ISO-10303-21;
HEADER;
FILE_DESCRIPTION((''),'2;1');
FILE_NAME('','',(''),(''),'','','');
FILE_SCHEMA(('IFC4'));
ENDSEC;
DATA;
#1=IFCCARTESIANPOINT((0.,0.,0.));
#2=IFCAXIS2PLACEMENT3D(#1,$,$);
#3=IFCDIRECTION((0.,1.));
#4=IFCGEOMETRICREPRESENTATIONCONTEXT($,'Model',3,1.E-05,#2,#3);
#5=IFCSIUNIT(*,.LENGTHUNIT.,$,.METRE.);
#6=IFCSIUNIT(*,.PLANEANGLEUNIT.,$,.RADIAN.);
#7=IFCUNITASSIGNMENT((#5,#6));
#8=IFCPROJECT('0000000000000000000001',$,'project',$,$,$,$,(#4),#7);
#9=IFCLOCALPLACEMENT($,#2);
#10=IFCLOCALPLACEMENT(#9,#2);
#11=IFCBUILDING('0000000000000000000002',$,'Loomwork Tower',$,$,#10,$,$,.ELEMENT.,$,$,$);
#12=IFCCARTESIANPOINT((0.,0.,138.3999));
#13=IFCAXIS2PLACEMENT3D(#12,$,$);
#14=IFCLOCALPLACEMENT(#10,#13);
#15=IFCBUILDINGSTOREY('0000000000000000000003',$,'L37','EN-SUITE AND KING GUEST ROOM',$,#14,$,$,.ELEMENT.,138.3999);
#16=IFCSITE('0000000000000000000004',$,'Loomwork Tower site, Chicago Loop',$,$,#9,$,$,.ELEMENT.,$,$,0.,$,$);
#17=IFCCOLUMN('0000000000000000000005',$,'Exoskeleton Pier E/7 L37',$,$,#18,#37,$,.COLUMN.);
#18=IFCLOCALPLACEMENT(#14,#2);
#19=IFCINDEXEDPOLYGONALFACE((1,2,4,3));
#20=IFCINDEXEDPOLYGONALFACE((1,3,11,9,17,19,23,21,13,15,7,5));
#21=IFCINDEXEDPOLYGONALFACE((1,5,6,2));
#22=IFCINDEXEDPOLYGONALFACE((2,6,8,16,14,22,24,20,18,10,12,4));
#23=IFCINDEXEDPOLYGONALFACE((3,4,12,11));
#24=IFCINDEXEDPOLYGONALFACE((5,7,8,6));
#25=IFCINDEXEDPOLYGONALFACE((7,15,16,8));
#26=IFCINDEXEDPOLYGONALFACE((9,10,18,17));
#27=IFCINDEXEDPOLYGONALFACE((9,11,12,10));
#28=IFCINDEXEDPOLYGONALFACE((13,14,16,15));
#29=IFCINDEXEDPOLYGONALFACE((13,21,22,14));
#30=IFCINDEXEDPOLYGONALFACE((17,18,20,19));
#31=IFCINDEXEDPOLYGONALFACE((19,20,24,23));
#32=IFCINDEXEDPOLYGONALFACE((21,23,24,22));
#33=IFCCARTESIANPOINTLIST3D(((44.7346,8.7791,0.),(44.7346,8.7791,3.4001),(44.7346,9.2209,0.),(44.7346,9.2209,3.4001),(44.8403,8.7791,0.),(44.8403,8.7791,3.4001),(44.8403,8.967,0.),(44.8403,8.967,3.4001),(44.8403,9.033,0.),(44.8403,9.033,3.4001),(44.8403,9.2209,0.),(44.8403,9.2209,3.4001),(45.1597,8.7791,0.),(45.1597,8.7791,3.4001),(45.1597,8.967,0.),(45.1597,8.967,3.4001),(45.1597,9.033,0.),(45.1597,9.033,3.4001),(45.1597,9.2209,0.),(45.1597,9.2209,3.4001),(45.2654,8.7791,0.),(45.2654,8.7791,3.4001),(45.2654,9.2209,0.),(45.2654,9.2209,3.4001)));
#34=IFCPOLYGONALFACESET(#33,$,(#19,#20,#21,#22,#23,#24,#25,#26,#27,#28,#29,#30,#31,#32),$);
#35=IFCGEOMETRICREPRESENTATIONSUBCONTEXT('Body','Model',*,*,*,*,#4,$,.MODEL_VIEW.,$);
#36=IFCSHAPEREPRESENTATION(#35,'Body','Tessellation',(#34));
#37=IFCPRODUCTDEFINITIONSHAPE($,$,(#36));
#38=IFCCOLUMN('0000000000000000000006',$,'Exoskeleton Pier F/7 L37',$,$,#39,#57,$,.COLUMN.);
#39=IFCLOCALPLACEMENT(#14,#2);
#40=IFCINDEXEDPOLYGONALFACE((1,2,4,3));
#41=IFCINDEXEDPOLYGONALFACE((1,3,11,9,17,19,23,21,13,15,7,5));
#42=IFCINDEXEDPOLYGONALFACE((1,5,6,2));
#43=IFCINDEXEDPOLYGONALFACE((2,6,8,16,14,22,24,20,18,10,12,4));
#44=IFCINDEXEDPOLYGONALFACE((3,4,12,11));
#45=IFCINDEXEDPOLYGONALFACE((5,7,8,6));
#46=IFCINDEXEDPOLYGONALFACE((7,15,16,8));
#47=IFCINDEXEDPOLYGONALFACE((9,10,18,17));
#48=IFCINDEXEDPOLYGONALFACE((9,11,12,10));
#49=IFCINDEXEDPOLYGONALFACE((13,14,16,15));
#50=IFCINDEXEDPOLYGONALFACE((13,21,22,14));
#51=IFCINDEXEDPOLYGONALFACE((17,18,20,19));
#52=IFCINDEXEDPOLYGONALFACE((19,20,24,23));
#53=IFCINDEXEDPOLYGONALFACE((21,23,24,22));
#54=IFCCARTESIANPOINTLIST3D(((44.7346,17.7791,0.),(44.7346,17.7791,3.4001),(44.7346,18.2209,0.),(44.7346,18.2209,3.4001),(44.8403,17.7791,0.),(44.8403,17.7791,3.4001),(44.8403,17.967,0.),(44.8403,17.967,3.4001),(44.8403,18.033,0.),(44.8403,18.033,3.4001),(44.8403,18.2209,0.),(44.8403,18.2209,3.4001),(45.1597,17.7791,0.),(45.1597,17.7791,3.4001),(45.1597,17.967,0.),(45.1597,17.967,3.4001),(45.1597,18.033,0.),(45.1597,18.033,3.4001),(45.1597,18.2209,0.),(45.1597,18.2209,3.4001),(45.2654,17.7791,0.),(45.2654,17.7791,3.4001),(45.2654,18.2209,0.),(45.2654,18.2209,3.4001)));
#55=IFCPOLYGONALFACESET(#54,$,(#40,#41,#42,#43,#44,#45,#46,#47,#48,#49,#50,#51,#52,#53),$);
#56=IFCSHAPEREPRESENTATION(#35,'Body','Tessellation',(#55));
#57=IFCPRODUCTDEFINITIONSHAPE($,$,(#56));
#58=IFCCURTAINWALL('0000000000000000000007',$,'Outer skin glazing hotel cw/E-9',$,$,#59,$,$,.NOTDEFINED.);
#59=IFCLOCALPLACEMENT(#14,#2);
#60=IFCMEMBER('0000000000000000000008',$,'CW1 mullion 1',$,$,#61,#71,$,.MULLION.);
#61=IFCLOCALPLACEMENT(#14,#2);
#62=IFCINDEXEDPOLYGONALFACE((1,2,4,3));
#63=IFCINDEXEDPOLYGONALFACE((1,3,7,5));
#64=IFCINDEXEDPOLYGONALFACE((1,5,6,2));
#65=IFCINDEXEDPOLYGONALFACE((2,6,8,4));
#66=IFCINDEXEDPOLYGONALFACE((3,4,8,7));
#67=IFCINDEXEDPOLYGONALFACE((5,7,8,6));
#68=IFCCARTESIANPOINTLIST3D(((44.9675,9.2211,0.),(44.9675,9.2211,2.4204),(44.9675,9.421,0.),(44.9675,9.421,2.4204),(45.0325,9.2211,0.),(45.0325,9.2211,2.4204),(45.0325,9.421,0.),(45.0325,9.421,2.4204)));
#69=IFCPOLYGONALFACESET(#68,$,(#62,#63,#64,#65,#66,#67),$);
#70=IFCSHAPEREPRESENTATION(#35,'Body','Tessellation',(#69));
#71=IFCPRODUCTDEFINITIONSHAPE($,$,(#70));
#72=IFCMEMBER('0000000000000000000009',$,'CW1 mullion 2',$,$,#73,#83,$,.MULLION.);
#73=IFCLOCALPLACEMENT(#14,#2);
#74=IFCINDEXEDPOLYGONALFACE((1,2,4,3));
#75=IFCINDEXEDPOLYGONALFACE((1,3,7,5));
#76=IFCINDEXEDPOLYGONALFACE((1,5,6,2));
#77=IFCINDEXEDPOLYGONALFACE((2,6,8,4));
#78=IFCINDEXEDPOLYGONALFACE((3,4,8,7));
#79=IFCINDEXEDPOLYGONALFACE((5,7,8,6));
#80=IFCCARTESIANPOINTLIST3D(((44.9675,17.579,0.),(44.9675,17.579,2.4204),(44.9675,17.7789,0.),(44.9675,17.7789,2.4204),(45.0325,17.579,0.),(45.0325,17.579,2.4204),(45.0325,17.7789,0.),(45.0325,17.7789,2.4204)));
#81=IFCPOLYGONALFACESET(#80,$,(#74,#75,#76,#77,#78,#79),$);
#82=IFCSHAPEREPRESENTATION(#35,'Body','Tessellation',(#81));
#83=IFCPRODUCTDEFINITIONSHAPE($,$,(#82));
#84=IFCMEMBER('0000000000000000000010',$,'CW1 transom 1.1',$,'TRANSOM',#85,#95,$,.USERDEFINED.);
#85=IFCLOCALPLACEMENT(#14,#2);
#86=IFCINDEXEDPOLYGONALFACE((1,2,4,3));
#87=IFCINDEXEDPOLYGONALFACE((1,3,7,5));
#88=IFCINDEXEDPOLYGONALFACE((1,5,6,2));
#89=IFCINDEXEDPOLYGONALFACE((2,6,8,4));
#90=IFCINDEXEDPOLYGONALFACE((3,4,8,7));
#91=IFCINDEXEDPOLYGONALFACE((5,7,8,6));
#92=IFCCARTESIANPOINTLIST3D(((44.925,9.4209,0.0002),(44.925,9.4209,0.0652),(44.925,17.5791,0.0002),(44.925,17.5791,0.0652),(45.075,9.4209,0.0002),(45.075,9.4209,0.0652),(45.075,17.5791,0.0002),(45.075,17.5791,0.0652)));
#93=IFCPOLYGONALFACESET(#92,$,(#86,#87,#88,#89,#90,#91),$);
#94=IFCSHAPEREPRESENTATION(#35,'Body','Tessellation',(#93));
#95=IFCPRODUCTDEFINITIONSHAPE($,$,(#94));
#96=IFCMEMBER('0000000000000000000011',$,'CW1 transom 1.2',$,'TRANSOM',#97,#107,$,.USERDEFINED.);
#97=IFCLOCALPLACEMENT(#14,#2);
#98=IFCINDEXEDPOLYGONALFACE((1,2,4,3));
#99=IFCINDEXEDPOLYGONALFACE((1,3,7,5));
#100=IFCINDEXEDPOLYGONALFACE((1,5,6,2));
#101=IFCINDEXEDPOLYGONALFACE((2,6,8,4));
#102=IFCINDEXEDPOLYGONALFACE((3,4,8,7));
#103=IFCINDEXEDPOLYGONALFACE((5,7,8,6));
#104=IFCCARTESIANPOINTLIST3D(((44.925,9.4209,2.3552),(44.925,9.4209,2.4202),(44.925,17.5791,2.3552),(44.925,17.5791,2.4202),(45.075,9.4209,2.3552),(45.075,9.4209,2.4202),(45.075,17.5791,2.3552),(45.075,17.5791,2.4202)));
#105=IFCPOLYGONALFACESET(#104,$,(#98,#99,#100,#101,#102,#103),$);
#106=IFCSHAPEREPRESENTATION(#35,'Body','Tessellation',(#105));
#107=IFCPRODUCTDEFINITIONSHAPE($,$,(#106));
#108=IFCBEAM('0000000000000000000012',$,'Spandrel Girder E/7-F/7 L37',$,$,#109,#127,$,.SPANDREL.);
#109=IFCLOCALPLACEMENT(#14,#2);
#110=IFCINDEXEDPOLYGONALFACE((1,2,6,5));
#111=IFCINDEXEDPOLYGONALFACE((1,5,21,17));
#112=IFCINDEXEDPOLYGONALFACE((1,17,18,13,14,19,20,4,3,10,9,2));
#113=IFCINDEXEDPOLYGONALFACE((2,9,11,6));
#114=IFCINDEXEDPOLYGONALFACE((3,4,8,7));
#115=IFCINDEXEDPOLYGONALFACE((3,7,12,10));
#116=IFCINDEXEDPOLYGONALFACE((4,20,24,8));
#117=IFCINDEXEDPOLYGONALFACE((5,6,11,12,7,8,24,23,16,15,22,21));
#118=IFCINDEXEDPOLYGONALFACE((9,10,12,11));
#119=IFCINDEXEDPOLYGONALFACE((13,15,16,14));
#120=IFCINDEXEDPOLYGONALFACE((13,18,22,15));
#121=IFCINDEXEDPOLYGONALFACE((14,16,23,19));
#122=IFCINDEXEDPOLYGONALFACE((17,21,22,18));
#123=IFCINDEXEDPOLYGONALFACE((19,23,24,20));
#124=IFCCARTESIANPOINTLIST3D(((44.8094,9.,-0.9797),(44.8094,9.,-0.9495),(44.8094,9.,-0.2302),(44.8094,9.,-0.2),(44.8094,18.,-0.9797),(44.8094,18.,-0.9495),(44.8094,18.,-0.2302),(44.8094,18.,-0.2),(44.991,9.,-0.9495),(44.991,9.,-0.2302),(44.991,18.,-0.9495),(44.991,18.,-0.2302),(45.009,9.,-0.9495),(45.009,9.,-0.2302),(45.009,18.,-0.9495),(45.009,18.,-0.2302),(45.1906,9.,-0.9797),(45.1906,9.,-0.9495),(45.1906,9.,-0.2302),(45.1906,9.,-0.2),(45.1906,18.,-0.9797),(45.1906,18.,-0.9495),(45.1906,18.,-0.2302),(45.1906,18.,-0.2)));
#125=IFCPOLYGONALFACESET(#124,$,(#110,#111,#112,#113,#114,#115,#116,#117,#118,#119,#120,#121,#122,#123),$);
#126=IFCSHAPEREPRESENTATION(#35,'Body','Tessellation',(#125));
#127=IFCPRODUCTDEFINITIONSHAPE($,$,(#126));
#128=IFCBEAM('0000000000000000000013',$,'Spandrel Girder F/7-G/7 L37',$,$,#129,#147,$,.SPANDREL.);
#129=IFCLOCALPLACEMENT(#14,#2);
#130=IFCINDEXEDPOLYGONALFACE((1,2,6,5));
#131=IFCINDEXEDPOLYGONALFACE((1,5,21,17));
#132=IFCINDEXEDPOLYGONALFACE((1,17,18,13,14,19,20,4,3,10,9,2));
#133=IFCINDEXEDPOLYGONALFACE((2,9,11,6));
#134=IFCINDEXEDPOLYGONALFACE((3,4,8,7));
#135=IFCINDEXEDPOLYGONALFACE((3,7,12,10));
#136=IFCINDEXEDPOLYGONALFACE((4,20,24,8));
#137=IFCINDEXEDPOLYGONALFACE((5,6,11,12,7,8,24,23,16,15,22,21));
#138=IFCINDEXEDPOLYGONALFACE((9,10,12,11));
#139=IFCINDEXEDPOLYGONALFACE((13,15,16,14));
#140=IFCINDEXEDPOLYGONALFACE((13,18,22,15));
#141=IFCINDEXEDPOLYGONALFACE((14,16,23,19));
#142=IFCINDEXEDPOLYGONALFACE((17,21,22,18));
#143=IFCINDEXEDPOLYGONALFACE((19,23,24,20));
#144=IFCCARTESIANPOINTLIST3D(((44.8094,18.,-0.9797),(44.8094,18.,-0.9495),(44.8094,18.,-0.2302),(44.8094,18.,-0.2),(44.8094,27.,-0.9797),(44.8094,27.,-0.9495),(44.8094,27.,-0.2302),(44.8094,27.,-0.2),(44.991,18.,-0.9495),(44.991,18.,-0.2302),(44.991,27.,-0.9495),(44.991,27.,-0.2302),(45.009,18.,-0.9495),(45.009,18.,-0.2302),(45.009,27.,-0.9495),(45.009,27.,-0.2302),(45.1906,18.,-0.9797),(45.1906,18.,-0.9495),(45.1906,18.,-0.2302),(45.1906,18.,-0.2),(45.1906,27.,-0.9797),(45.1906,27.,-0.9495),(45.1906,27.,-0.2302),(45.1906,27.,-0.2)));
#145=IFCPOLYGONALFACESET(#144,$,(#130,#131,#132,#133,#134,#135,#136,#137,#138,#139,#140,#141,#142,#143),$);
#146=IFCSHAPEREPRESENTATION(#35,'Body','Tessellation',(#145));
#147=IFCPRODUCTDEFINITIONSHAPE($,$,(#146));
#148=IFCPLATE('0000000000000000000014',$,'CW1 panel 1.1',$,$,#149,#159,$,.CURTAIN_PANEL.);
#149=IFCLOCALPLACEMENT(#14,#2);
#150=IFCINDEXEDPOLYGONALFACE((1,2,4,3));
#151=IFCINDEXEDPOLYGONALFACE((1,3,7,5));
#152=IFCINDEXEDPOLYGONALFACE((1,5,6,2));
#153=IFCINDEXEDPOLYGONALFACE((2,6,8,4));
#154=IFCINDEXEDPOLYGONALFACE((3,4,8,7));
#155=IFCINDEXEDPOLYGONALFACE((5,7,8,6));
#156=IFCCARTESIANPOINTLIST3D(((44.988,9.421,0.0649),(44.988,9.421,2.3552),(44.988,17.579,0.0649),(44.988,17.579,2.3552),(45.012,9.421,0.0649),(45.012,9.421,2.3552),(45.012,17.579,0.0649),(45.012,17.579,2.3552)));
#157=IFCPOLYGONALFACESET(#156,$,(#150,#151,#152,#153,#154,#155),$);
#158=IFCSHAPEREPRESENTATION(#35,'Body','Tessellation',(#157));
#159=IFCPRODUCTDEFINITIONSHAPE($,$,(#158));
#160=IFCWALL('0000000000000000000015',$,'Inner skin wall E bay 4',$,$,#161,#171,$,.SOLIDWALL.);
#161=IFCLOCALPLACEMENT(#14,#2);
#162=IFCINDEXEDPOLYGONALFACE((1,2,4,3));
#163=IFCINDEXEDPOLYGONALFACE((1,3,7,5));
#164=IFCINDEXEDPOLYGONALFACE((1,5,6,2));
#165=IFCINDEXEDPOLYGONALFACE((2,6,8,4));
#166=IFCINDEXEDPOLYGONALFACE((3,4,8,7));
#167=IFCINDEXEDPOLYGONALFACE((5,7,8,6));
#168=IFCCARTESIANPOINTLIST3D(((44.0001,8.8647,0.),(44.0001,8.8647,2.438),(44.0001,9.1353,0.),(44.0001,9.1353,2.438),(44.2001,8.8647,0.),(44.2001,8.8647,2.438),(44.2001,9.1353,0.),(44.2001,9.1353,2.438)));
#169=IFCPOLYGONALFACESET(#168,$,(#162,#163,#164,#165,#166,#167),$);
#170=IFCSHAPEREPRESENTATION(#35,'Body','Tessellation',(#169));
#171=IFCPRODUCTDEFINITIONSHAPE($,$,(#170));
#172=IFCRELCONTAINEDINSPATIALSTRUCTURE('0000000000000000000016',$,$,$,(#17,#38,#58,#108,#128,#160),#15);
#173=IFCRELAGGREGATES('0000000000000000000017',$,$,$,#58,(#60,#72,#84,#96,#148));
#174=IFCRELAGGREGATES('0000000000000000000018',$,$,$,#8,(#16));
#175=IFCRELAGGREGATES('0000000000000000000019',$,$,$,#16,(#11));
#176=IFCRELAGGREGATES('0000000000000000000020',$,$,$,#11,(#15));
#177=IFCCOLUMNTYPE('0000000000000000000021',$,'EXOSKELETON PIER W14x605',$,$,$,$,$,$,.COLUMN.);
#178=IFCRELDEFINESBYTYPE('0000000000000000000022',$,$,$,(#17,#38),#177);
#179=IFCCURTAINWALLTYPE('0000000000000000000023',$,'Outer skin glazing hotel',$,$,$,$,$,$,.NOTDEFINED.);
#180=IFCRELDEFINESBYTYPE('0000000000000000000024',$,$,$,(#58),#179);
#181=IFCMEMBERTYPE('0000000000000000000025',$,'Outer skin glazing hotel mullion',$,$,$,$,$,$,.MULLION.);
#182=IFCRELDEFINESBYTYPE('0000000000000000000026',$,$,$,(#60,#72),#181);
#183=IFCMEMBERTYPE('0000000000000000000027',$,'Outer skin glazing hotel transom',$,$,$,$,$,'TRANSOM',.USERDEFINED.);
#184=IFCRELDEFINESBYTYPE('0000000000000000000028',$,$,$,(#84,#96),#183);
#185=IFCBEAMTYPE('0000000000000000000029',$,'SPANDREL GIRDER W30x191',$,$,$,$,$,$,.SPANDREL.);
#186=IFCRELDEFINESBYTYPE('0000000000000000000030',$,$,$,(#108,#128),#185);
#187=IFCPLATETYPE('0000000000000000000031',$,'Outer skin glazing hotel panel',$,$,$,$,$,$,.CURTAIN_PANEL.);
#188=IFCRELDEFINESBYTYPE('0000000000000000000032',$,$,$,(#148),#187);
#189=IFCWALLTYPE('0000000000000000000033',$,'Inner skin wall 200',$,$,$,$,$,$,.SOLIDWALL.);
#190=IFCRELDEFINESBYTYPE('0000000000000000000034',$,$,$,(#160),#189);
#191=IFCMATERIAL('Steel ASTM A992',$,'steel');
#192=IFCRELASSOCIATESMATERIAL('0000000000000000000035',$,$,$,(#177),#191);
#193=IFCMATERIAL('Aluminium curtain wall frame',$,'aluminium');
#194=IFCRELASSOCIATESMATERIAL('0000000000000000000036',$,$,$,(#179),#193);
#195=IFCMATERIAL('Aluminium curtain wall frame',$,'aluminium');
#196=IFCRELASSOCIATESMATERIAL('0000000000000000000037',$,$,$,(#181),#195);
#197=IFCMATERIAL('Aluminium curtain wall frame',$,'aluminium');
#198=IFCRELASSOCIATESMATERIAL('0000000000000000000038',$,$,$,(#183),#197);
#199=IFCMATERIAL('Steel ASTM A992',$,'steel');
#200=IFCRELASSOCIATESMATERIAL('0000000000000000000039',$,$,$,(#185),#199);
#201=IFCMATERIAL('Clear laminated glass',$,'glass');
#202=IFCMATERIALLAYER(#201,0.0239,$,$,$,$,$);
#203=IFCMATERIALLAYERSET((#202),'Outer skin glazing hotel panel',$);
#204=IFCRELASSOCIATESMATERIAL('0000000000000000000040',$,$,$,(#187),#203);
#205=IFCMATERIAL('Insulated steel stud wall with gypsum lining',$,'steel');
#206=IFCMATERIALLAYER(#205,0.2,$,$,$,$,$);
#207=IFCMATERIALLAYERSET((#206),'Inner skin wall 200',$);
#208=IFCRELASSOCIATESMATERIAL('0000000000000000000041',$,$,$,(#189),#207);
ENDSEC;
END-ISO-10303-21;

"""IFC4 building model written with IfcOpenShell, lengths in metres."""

from ifc_helpers import new_model, si_unit, direction, frame, frame_2d, origin, origin_2d, place, context, subcontext, project, spatial, rectangle, i_section, extrude, material, layer, layer_set, material_profile, profile_set, type_object, element, aggregate, save


model = new_model("IFC4")

# Units and contexts
model_context = context("Model", 3, precision=1e-05, world=origin(), true_north=direction((0.0, 1.0)))
body_context = subcontext(model_context, "Body", "Model", "MODEL_VIEW")
ifc_project = project(units=[si_unit("LENGTHUNIT", "METRE"), si_unit("PLANEANGLEUNIT", "RADIAN")], contexts=[model_context])

# Site, building, storey
site_placement = place(None, origin())
site = spatial("IfcSite", under=ifc_project, at=site_placement, Name="Loomwork Tower site, Chicago Loop", CompositionType="ELEMENT", RefElevation=0.0)
building_placement = place(site_placement, origin())
building = spatial("IfcBuilding", under=site, at=building_placement, Name="Loomwork Tower", CompositionType="ELEMENT")
storey_placement = place(building_placement, frame((0.0, 0.0, 138.3999)))
storey = spatial("IfcBuildingStorey", under=building, at=storey_placement, Name="L37", Description="EN-SUITE AND KING GUEST ROOM", CompositionType="ELEMENT", Elevation=138.3999)

# Columns
ifc_material_1 = material(Name="Steel ASTM A992", Category="steel")
ifc_material_profile_1 = material_profile(ifc_material_1, i_section(OverallWidth=0.4419, OverallDepth=0.5308, WebThickness=0.0659, FlangeThickness=0.1057, at=origin_2d()), Name="W14x605")
ifc_profile_set_1 = profile_set([ifc_material_profile_1], Name="Steel ASTM A992")
column_type = type_object("IfcColumnType", Name="EXOSKELETON PIER W14x605", PredefinedType="COLUMN", material=ifc_profile_set_1)
for number, where, z_axis, x_axis, name in (
    (1, (45.0, 9.0, 0.0), (0.0, 0.0, 1.0), (0.0, 1.0, 0.0), "Exoskeleton Pier E/7 L37"),
    (2, (45.0, 18.0, 0.0), (0.0, 0.0, 1.0), (0.0, 1.0, 0.0), "Exoskeleton Pier F/7 L37"),
):
    element("IfcColumn", number, at=place(storey_placement, frame(where, z_axis=z_axis, x_axis=x_axis)), inside=storey, type_object=column_type, Name=name, PredefinedType="COLUMN", context=body_context, shape_type="SweptSolid", body=[
        extrude(i_section(OverallWidth=0.4419, OverallDepth=0.5308, WebThickness=0.0659, FlangeThickness=0.1057, at=origin_2d()), origin(), (0.0, 0.0, 1.0), 3.4001),
    ])

# Curtain wall, members
ifc_material_2 = material(Name="Aluminium curtain wall frame", Category="aluminium")
curtain_wall_type = type_object("IfcCurtainWallType", Name="Outer skin glazing hotel", PredefinedType="NOTDEFINED", material=ifc_material_2)
curtain_wall_placement = place(storey_placement, origin())
curtain_wall = element("IfcCurtainWall", 3, at=curtain_wall_placement, inside=storey, type_object=curtain_wall_type, Name="Outer skin glazing hotel cw/E-9", PredefinedType="NOTDEFINED")
ifc_material_3 = material(Name="Aluminium curtain wall frame", Category="aluminium")
ifc_material_profile_2 = material_profile(ifc_material_3, rectangle(XDim=0.0649, YDim=0.2, at=origin_2d()), Name="AL 65x200")
ifc_profile_set_2 = profile_set([ifc_material_profile_2], Name="Aluminium curtain wall frame")
member_type_1 = type_object("IfcMemberType", Name="Outer skin glazing hotel mullion", PredefinedType="MULLION", material=ifc_profile_set_2)
member_1_placement = place(storey_placement, frame((45.0, 9.321, 0.0), z_axis=(0.0, 0.0, 1.0), x_axis=(-1.0, 0.0, 0.0)))
member_1 = element("IfcMember", 4, at=member_1_placement, type_object=member_type_1, Name="CW1 mullion 1", PredefinedType="MULLION", context=body_context, shape_type="SweptSolid", body=[
    extrude(rectangle(XDim=0.0649, YDim=0.2, at=origin_2d()), origin(), (0.0, 0.0, 1.0), 2.4204),
])
member_2_placement = place(storey_placement, frame((45.0, 17.679, 0.0), z_axis=(0.0, 0.0, 1.0), x_axis=(-1.0, 0.0, 0.0)))
member_2 = element("IfcMember", 5, at=member_2_placement, type_object=member_type_1, Name="CW1 mullion 2", PredefinedType="MULLION", context=body_context, shape_type="SweptSolid", body=[
    extrude(rectangle(XDim=0.0649, YDim=0.2, at=origin_2d()), origin(), (0.0, 0.0, 1.0), 2.4204),
])
ifc_material_4 = material(Name="Aluminium curtain wall frame", Category="aluminium")
ifc_material_profile_3 = material_profile(ifc_material_4, rectangle(XDim=0.1499, YDim=0.0649, at=origin_2d()), Name="AL 65x150")
ifc_profile_set_3 = profile_set([ifc_material_profile_3], Name="Aluminium curtain wall frame")
member_type_2 = type_object("IfcMemberType", Name="Outer skin glazing hotel transom", ElementType="TRANSOM", PredefinedType="USERDEFINED", material=ifc_profile_set_3)
member_3_placement = place(storey_placement, frame((45.0, 9.4209, 0.0327), z_axis=(0.0, 1.0, 0.0), x_axis=(-1.0, 0.0, 0.0)))
member_3 = element("IfcMember", 6, at=member_3_placement, type_object=member_type_2, Name="CW1 transom 1.1", ObjectType="TRANSOM", PredefinedType="USERDEFINED", context=body_context, shape_type="SweptSolid", body=[
    extrude(rectangle(XDim=0.1499, YDim=0.0649, at=origin_2d()), origin(), (0.0, 0.0, 1.0), 8.1582),
])
member_4_placement = place(storey_placement, frame((45.0, 9.4209, 2.3877), z_axis=(0.0, 1.0, 0.0), x_axis=(-1.0, 0.0, 0.0)))
member_4 = element("IfcMember", 7, at=member_4_placement, type_object=member_type_2, Name="CW1 transom 1.2", ObjectType="TRANSOM", PredefinedType="USERDEFINED", context=body_context, shape_type="SweptSolid", body=[
    extrude(rectangle(XDim=0.1499, YDim=0.0649, at=origin_2d()), origin(), (0.0, 0.0, 1.0), 8.1582),
])

# Beams
ifc_material_5 = material(Name="Steel ASTM A992", Category="steel")
ifc_material_profile_4 = material_profile(ifc_material_5, i_section(OverallWidth=0.3811, OverallDepth=0.7798, WebThickness=0.0181, FlangeThickness=0.0303, at=origin_2d()), Name="W30x191")
ifc_profile_set_4 = profile_set([ifc_material_profile_4], Name="Steel ASTM A992")
beam_type = type_object("IfcBeamType", Name="SPANDREL GIRDER W30x191", PredefinedType="SPANDREL", material=ifc_profile_set_4)
for number, where, z_axis, x_axis, name in (
    (8, (45.0, 9.0, -0.5898), (0.0, 1.0, 0.0), (-1.0, 0.0, 0.0), "Spandrel Girder E/7-F/7 L37"),
    (9, (45.0, 18.0, -0.5898), (0.0, 1.0, 0.0), (-1.0, 0.0, 0.0), "Spandrel Girder F/7-G/7 L37"),
):
    element("IfcBeam", number, at=place(storey_placement, frame(where, z_axis=z_axis, x_axis=x_axis)), inside=storey, type_object=beam_type, Name=name, PredefinedType="SPANDREL", context=body_context, shape_type="SweptSolid", body=[
        extrude(i_section(OverallWidth=0.3811, OverallDepth=0.7798, WebThickness=0.0181, FlangeThickness=0.0303, at=origin_2d()), origin(), (0.0, 0.0, 1.0), 9.0),
    ])

# Plate
ifc_material_6 = material(Name="Clear laminated glass", Category="glass")
ifc_layer_1 = layer(ifc_material_6, 0.0239)
ifc_layer_set_1 = layer_set([ifc_layer_1], Name="Outer skin glazing hotel panel")
plate_type = type_object("IfcPlateType", Name="Outer skin glazing hotel panel", PredefinedType="CURTAIN_PANEL", material=ifc_layer_set_1)
plate_placement = place(storey_placement, frame((45.0, 13.5, 0.0649), z_axis=(0.0, 0.0, 1.0), x_axis=(0.0, 1.0, 0.0)))
plate = element("IfcPlate", 10, at=plate_placement, type_object=plate_type, Name="CW1 panel 1.1", PredefinedType="CURTAIN_PANEL", context=body_context, shape_type="SweptSolid", body=[
    extrude(rectangle(XDim=8.158, YDim=0.0239, at=origin_2d()), origin(), (0.0, 0.0, 1.0), 2.2903),
])
aggregate(curtain_wall, [member_1, member_2, member_3, member_4, plate])

# Wall
ifc_material_7 = material(Name="Insulated steel stud wall with gypsum lining", Category="steel")
ifc_layer_2 = layer(ifc_material_7, 0.2)
ifc_layer_set_2 = layer_set([ifc_layer_2], Name="Inner skin wall 200")
wall_type = type_object("IfcWallType", Name="Inner skin wall 200", PredefinedType="SOLIDWALL", material=ifc_layer_set_2)
wall_1_placement = place(storey_placement, frame((44.1001, 8.8647, 0.0), z_axis=(0.0, 0.0, 1.0), x_axis=(0.0, 1.0, 0.0)))
element("IfcWall", 11, at=wall_1_placement, inside=storey, type_object=wall_type, Name="Inner skin wall E bay 4", PredefinedType="SOLIDWALL", context=body_context, shape_type="SweptSolid", body=[
    extrude(rectangle(XDim=0.2705, YDim=0.2, at=frame_2d((0.1353, 0.0))), origin(), (0.0, 0.0, 1.0), 2.438),
])

save(model, "model.ifc")
